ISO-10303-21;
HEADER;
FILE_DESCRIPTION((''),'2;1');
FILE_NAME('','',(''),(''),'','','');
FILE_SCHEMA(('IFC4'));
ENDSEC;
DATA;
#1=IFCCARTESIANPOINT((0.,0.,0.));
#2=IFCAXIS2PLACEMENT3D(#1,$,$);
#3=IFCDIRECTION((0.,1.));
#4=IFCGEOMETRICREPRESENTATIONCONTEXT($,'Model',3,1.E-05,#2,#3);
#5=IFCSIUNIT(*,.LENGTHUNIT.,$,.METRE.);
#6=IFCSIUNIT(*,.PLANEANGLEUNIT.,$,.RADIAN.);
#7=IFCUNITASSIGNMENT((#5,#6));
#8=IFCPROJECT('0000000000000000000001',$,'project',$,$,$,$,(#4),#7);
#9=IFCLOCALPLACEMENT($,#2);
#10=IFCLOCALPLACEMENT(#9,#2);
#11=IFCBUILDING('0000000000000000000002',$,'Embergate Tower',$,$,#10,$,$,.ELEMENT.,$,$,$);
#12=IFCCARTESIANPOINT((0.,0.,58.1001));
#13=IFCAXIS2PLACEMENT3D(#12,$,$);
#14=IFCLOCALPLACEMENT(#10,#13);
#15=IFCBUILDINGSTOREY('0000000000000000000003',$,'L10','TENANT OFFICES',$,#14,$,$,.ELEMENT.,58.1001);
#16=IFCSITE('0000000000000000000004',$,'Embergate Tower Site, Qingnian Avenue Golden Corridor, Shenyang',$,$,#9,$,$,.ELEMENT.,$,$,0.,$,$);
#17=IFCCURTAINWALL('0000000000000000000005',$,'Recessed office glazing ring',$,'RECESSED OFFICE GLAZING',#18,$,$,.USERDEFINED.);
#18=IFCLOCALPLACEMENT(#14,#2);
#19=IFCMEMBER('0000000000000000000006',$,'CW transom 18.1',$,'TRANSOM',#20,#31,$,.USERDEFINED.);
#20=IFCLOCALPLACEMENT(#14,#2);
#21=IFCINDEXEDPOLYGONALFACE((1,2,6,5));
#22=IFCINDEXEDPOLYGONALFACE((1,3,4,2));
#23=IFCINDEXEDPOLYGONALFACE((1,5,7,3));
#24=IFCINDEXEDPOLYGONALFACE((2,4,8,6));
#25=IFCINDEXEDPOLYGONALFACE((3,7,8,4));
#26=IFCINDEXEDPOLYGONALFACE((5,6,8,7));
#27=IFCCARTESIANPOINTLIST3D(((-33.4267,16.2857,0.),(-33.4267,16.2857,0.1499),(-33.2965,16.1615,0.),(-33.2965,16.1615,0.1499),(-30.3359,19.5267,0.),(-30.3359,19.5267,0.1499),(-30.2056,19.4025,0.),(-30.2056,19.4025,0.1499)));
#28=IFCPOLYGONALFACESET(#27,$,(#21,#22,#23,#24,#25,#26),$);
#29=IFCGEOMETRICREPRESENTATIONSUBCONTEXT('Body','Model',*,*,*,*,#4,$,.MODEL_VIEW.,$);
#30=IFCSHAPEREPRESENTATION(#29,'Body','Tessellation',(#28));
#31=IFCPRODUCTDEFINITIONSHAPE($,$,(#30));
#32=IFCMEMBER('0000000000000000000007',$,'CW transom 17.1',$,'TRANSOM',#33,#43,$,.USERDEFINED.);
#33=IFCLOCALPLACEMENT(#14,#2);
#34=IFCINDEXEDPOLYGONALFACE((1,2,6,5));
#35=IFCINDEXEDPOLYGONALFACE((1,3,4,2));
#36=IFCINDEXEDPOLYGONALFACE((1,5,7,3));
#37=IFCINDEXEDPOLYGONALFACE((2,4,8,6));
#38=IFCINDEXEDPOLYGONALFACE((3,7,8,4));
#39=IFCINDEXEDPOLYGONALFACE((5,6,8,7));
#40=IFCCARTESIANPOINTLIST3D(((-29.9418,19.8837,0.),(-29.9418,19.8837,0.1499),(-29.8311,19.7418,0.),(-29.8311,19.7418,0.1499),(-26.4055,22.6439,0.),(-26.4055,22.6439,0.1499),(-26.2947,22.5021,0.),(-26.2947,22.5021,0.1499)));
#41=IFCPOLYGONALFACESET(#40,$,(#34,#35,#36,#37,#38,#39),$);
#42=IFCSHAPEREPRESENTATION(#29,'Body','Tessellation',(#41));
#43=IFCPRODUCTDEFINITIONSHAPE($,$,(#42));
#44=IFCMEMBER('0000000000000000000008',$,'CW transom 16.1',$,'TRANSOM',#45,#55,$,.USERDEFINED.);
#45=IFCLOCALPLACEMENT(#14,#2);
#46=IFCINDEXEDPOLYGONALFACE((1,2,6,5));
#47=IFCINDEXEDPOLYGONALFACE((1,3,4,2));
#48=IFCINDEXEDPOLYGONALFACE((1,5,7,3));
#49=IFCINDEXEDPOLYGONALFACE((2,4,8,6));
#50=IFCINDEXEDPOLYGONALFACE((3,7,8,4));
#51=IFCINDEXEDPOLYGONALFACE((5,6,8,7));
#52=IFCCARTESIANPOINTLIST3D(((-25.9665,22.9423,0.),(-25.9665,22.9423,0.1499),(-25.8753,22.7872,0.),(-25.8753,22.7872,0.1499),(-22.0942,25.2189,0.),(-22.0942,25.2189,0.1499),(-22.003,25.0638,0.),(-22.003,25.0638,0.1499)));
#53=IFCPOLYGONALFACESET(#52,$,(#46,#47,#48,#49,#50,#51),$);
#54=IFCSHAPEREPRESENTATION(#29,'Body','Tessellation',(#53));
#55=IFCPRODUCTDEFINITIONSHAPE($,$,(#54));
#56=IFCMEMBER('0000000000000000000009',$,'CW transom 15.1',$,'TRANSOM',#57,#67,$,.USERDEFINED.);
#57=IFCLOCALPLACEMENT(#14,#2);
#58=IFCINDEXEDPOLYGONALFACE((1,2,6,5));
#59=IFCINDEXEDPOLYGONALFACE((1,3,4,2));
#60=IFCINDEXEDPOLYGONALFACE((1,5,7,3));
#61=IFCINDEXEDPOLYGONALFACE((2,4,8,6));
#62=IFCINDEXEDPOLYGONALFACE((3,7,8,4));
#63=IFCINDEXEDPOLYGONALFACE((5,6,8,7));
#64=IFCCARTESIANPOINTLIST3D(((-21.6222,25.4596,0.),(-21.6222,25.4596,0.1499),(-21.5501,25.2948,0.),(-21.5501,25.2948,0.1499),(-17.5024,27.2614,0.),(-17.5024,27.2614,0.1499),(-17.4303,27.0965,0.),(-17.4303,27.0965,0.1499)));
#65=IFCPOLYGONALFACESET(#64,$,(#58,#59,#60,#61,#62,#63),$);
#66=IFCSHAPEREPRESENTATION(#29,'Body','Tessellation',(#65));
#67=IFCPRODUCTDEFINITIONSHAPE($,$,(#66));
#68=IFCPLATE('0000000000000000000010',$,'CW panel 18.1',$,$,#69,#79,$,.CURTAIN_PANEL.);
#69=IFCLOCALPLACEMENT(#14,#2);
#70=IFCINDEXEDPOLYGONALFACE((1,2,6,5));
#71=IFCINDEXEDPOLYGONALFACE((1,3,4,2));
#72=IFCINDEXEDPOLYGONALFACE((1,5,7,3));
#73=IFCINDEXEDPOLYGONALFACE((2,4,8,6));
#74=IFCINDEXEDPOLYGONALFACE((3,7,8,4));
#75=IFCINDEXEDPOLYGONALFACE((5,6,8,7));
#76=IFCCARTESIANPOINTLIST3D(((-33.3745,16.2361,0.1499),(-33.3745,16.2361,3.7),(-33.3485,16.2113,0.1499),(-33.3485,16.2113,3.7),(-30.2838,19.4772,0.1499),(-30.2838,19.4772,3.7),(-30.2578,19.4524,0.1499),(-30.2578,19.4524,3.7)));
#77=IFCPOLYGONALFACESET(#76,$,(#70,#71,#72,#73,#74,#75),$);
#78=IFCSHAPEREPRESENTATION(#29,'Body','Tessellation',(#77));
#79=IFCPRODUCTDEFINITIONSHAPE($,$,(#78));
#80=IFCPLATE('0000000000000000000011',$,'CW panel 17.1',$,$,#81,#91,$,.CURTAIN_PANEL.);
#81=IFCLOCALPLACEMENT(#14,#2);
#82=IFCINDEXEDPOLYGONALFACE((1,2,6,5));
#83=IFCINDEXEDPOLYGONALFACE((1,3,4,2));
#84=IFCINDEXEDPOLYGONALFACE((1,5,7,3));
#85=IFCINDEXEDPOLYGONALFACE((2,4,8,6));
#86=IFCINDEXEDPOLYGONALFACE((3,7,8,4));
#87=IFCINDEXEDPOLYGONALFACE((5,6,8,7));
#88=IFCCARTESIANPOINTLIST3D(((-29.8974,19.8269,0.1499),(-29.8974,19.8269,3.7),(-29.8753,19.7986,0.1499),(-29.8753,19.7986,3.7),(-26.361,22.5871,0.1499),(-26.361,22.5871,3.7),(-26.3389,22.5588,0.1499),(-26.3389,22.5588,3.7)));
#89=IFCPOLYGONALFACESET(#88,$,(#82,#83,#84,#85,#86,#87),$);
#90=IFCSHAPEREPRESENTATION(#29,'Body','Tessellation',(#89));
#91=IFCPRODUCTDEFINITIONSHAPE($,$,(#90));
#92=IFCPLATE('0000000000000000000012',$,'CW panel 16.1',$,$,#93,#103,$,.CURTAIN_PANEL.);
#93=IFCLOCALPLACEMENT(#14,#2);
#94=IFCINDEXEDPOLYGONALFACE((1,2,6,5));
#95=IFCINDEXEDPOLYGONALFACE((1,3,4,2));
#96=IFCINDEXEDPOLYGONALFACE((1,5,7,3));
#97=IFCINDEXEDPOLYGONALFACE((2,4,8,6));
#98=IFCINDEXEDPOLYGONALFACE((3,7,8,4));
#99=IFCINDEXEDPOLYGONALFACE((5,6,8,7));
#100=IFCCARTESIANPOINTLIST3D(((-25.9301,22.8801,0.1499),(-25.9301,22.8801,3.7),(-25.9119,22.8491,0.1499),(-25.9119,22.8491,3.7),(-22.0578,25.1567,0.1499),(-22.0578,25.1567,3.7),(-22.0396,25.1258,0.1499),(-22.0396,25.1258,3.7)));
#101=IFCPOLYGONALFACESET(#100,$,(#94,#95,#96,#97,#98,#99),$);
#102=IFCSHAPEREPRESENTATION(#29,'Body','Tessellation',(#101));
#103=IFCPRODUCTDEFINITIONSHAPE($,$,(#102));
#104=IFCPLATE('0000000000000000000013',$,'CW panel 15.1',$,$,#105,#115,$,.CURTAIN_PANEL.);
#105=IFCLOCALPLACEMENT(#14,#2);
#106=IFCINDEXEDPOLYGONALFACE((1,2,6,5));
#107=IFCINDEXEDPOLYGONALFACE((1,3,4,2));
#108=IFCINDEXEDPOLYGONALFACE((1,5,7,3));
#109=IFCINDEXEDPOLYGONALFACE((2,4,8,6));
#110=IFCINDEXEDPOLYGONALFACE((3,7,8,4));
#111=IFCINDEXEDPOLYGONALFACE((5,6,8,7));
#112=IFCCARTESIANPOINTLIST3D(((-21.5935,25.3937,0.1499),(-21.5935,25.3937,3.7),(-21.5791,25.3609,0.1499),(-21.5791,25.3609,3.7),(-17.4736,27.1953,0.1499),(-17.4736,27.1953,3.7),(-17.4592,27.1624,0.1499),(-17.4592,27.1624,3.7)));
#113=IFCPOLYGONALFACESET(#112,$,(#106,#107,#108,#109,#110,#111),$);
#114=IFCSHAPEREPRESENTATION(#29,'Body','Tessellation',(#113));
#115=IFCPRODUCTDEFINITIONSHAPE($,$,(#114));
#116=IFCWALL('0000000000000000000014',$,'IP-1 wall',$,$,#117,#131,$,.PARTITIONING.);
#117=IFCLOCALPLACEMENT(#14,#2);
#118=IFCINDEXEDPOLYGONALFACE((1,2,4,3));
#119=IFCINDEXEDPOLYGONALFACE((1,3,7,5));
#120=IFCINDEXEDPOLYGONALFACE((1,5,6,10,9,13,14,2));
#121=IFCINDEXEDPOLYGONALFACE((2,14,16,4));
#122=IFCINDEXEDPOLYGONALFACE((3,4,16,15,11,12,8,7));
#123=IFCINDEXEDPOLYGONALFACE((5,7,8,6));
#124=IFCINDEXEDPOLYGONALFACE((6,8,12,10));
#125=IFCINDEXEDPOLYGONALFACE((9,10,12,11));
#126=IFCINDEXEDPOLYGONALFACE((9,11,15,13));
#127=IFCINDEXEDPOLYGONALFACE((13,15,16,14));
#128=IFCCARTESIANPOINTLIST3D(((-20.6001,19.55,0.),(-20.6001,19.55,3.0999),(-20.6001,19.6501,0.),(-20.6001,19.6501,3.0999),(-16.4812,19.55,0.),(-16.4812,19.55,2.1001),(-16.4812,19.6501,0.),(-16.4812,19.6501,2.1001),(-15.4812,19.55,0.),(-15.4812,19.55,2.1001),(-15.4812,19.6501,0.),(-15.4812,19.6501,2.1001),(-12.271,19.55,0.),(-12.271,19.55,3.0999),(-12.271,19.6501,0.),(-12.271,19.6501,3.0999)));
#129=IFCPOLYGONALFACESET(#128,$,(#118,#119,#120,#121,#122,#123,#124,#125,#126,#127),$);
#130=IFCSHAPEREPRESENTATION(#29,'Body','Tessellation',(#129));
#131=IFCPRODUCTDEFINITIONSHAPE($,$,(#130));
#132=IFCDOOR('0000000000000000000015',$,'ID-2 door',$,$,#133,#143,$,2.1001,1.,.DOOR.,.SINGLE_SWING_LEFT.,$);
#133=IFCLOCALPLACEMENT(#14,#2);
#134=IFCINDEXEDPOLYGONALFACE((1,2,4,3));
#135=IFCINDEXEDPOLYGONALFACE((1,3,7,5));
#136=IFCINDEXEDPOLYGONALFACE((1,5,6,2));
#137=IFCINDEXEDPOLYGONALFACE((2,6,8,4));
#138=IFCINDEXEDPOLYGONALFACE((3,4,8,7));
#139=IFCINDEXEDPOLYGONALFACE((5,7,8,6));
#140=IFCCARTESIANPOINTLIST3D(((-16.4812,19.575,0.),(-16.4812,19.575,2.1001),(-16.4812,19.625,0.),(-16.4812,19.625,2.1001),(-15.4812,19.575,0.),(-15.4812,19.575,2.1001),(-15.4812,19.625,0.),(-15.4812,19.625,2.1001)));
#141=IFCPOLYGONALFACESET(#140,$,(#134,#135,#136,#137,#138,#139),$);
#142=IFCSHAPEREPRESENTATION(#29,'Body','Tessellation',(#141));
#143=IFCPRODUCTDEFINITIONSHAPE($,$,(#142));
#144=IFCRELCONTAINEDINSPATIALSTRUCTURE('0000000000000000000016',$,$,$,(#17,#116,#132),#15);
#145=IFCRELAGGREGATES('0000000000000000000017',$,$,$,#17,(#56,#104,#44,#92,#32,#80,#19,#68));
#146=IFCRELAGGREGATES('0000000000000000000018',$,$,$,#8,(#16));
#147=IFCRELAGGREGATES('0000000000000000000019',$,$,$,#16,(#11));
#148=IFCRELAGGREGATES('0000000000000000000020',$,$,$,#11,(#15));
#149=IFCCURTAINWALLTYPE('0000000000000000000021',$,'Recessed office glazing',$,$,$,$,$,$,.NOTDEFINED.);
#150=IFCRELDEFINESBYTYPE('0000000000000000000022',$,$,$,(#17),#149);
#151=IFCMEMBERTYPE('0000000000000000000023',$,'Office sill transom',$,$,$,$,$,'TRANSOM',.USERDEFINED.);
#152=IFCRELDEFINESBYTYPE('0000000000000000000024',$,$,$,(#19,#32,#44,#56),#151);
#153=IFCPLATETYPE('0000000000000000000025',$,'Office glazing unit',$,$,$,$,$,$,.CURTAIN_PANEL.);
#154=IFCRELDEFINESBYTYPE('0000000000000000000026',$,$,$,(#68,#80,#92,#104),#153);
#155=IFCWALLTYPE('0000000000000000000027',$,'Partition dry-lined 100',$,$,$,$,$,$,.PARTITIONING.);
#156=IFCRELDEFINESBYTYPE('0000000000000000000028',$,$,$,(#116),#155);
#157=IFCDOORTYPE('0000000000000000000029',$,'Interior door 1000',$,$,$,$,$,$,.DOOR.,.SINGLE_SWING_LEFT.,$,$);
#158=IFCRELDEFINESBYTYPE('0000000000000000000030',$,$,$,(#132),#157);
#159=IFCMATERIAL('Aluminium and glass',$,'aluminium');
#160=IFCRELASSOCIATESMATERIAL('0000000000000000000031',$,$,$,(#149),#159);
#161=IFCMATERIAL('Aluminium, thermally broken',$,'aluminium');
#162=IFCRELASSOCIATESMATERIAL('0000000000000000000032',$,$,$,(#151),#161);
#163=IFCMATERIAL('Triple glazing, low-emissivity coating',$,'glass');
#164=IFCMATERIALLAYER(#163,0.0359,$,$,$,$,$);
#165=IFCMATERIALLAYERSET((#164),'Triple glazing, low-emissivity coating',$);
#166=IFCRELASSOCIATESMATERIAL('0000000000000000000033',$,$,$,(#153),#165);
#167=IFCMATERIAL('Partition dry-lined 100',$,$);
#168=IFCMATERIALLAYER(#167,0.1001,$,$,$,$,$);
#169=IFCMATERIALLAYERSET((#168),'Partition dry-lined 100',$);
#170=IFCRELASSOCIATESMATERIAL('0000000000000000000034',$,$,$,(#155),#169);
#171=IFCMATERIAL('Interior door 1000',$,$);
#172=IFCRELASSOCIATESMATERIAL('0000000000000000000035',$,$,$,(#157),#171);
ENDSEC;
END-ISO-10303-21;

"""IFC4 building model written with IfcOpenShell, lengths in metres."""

from ifc_helpers import new_model, si_unit, direction, frame, frame_2d, origin, origin_2d, place, context, subcontext, project, spatial, rectangle, extrude, source, transform, mapped, material, layer, layer_set, material_profile, profile_set, type_object, element, fill, aggregate, save


model = new_model("IFC4")

# Units and contexts
model_context = context("Model", 3, precision=1e-05, world=origin(), true_north=direction((0.0, 1.0)))
body_context = subcontext(model_context, "Body", "Model", "MODEL_VIEW")
ifc_project = project(units=[si_unit("LENGTHUNIT", "METRE"), si_unit("PLANEANGLEUNIT", "RADIAN")], contexts=[model_context])

# Site, building, storey
site_placement = place(None, origin())
site = spatial("IfcSite", under=ifc_project, at=site_placement, Name="Embergate Tower Site, Qingnian Avenue Golden Corridor, Shenyang", CompositionType="ELEMENT", RefElevation=0.0)
building_placement = place(site_placement, origin())
building = spatial("IfcBuilding", under=site, at=building_placement, Name="Embergate Tower", CompositionType="ELEMENT")
storey_placement = place(building_placement, frame((0.0, 0.0, 58.1001)))
storey = spatial("IfcBuildingStorey", under=building, at=storey_placement, Name="L10", Description="TENANT OFFICES", CompositionType="ELEMENT", Elevation=58.1001)

# Curtain wall, members, plates
ifc_material_1 = material(Name="Aluminium and glass", Category="aluminium")
curtain_wall_type = type_object("IfcCurtainWallType", Name="Recessed office glazing", PredefinedType="NOTDEFINED", material=ifc_material_1)
curtain_wall_placement = place(storey_placement, origin())
curtain_wall = element("IfcCurtainWall", 1, at=curtain_wall_placement, inside=storey, type_object=curtain_wall_type, Name="Recessed office glazing ring", ObjectType="RECESSED OFFICE GLAZING", PredefinedType="USERDEFINED")
ifc_material_2 = material(Name="Aluminium, thermally broken", Category="aluminium")
ifc_material_profile_1 = material_profile(ifc_material_2, rectangle(XDim=0.1799, YDim=0.1499, at=origin_2d()), Name="AL 150x180")
ifc_profile_set_1 = profile_set([ifc_material_profile_1], Name="Aluminium, thermally broken")
member_type_1 = type_object("IfcMemberType", Name="Office sill transom", ElementType="TRANSOM", PredefinedType="USERDEFINED", material=ifc_profile_set_1)
shared_shape_1 = source(origin(), body_context, "Body", "SweptSolid", [
    extrude(rectangle(XDim=0.1799, YDim=0.1499, at=origin_2d()), origin(), (0.0, 0.0, 1.0), 4.4785),
])
member_1_placement = place(storey_placement, frame((-30.2708, 19.4646, 0.075), z_axis=(-0.690145, -0.723671, 0.0), x_axis=(0.723671, -0.690145, 0.0)))
member_1 = element("IfcMember", 2, at=member_1_placement, type_object=member_type_1, Name="CW transom 18.1", ObjectType="TRANSOM", PredefinedType="USERDEFINED", context=body_context, shape_type="MappedRepresentation", body=[
    mapped(shared_shape_1, transform((0.0, 0.0, 0.0))),
])
shared_shape_2 = source(origin(), body_context, "Body", "SweptSolid", [
    extrude(rectangle(XDim=0.1799, YDim=0.1499, at=origin_2d()), origin(), (0.0, 0.0, 1.0), 4.4861),
])
member_2_placement = place(storey_placement, frame((-26.3501, 22.573, 0.075), z_axis=(-0.788299, -0.615292, 0.0), x_axis=(0.615292, -0.788299, 0.0)))
member_2 = element("IfcMember", 3, at=member_2_placement, type_object=member_type_1, Name="CW transom 17.1", ObjectType="TRANSOM", PredefinedType="USERDEFINED", context=body_context, shape_type="MappedRepresentation", body=[
    mapped(shared_shape_2, transform((0.0, 0.0, 0.0))),
])
shared_shape_3 = source(origin(), body_context, "Body", "SweptSolid", [
    extrude(rectangle(XDim=0.1799, YDim=0.1499, at=origin_2d()), origin(), (0.0, 0.0, 1.0), 4.4919),
])
member_3_placement = place(storey_placement, frame((-22.0486, 25.1414, 0.075), z_axis=(-0.862053, -0.506818, 0.0), x_axis=(0.506818, -0.862053, 0.0)))
member_3 = element("IfcMember", 4, at=member_3_placement, type_object=member_type_1, Name="CW transom 16.1", ObjectType="TRANSOM", PredefinedType="USERDEFINED", context=body_context, shape_type="MappedRepresentation", body=[
    mapped(shared_shape_3, transform((0.0, 0.0, 0.0))),
])
shared_shape_4 = source(origin(), body_context, "Body", "SweptSolid", [
    extrude(rectangle(XDim=0.1799, YDim=0.1499, at=origin_2d()), origin(), (0.0, 0.0, 1.0), 4.4966),
])
member_4_placement = place(storey_placement, frame((-17.4663, 27.179, 0.075), z_axis=(-0.916213, -0.400691, 0.0), x_axis=(0.400691, -0.916213, 0.0)))
member_4 = element("IfcMember", 5, at=member_4_placement, type_object=member_type_1, Name="CW transom 15.1", ObjectType="TRANSOM", PredefinedType="USERDEFINED", context=body_context, shape_type="MappedRepresentation", body=[
    mapped(shared_shape_4, transform((0.0, 0.0, 0.0))),
])
ifc_material_3 = material(Name="Triple glazing, low-emissivity coating", Category="glass")
ifc_layer_1 = layer(ifc_material_3, 0.0359)
ifc_layer_set_1 = layer_set([ifc_layer_1], Name="Triple glazing, low-emissivity coating")
plate_type = type_object("IfcPlateType", Name="Office glazing unit", PredefinedType="CURTAIN_PANEL", material=ifc_layer_set_1)
shared_shape_5 = source(origin(), body_context, "Body", "SweptSolid", [
    extrude(rectangle(XDim=4.4785, YDim=0.0359, at=origin_2d()), origin(), (0.0, 0.0, 1.0), 3.55),
])
plate_1_placement = place(storey_placement, frame((-31.8162, 17.8442, 0.1499), z_axis=(0.0, 0.0, 1.0), x_axis=(-0.690125, -0.72369, 0.0)))
plate_1 = element("IfcPlate", 6, at=plate_1_placement, type_object=plate_type, Name="CW panel 18.1", PredefinedType="CURTAIN_PANEL", context=body_context, shape_type="MappedRepresentation", body=[
    mapped(shared_shape_5, transform((0.0, 0.0, 0.0))),
])
shared_shape_6 = source(origin(), body_context, "Body", "SweptSolid", [
    extrude(rectangle(XDim=4.4861, YDim=0.0359, at=origin_2d()), origin(), (0.0, 0.0, 1.0), 3.55),
])
plate_2_placement = place(storey_placement, frame((-28.1182, 21.1929, 0.1499), z_axis=(0.0, 0.0, 1.0), x_axis=(-0.788313, -0.615275, 0.0)))
plate_2 = element("IfcPlate", 7, at=plate_2_placement, type_object=plate_type, Name="CW panel 17.1", PredefinedType="CURTAIN_PANEL", context=body_context, shape_type="MappedRepresentation", body=[
    mapped(shared_shape_6, transform((0.0, 0.0, 0.0))),
])
shared_shape_7 = source(origin(), body_context, "Body", "SweptSolid", [
    extrude(rectangle(XDim=4.4919, YDim=0.0359, at=origin_2d()), origin(), (0.0, 0.0, 1.0), 3.55),
])
plate_3_placement = place(storey_placement, frame((-23.9849, 24.0029, 0.1499), z_axis=(0.0, 0.0, 1.0), x_axis=(-0.862048, -0.506827, 0.0)))
plate_3 = element("IfcPlate", 8, at=plate_3_placement, type_object=plate_type, Name="CW panel 16.1", PredefinedType="CURTAIN_PANEL", context=body_context, shape_type="MappedRepresentation", body=[
    mapped(shared_shape_7, transform((0.0, 0.0, 0.0))),
])
shared_shape_8 = source(origin(), body_context, "Body", "SweptSolid", [
    extrude(rectangle(XDim=4.4966, YDim=0.0359, at=origin_2d()), origin(), (0.0, 0.0, 1.0), 3.55),
])
plate_4_placement = place(storey_placement, frame((-19.5264, 26.2781, 0.1499), z_axis=(0.0, 0.0, 1.0), x_axis=(-0.916233, -0.400646, 0.0)))
plate_4 = element("IfcPlate", 9, at=plate_4_placement, type_object=plate_type, Name="CW panel 15.1", PredefinedType="CURTAIN_PANEL", context=body_context, shape_type="MappedRepresentation", body=[
    mapped(shared_shape_8, transform((0.0, 0.0, 0.0))),
])
aggregate(curtain_wall, [member_4, plate_4, member_3, plate_3, member_2, plate_2, member_1, plate_1])

# Wall, opening, door
ifc_material_4 = material(Name="Partition dry-lined 100")
ifc_layer_2 = layer(ifc_material_4, 0.1001)
ifc_layer_set_2 = layer_set([ifc_layer_2], Name="Partition dry-lined 100")
wall_type = type_object("IfcWallType", Name="Partition dry-lined 100", PredefinedType="PARTITIONING", material=ifc_layer_set_2)
shared_shape_9 = source(origin(), body_context, "Body", "SweptSolid", [
    extrude(rectangle(XDim=8.3291, YDim=0.1001, at=frame_2d((4.1646, 0.0))), origin(), (0.0, 0.0, 1.0), 3.0999),
])
wall_placement = place(storey_placement, frame((-20.6001, 19.6001, 0.0), z_axis=(0.0, 0.0, 1.0), x_axis=(1.0, 0.0, 0.0)))
wall = element("IfcWall", 10, at=wall_placement, inside=storey, type_object=wall_type, Name="IP-1 wall", PredefinedType="PARTITIONING", context=body_context, shape_type="MappedRepresentation", body=[
    mapped(shared_shape_9, transform((0.0, 0.0, 0.0))),
])
shared_shape_10 = source(origin(), body_context, "Body", "SweptSolid", [
    extrude(rectangle(XDim=1.0, YDim=2.1001, at=frame_2d((0.5, 1.05))), frame((0.0, 0.0601, 0.0), z_axis=(0.0, -1.0, 0.0), x_axis=(1.0, 0.0, 0.0)), (0.0, 0.0, 1.0), 0.1201),
])
opening_placement = place(wall_placement, frame((4.1189, 0.0, 0.0)))
opening = element("IfcOpeningElement", 11, at=opening_placement, cuts=wall, PredefinedType="OPENING", context=body_context, shape_type="MappedRepresentation", body=[
    mapped(shared_shape_10, transform((0.0, 0.0, 0.0))),
])
ifc_material_5 = material(Name="Interior door 1000")
door_type = type_object("IfcDoorType", Name="Interior door 1000", OperationType="SINGLE_SWING_LEFT", PredefinedType="DOOR", material=ifc_material_5)
shared_shape_11 = source(origin(), body_context, "Body", "SweptSolid", [
    extrude(rectangle(XDim=1.0, YDim=2.1001, at=frame_2d((0.5, 1.05))), frame((0.0, 0.0249, 0.0), z_axis=(0.0, -1.0, 0.0), x_axis=(1.0, 0.0, 0.0)), (0.0, 0.0, 1.0), 0.05),
])
door_placement = place(opening_placement, origin())
door = element("IfcDoor", 12, at=door_placement, inside=storey, type_object=door_type, Name="ID-2 door", OperationType="SINGLE_SWING_LEFT", OverallHeight=2.1001, OverallWidth=1.0, PredefinedType="DOOR", context=body_context, shape_type="MappedRepresentation", body=[
    mapped(shared_shape_11, transform((0.0, 0.0, 0.0))),
])
fill(opening, door)

save(model, "model.ifc")
